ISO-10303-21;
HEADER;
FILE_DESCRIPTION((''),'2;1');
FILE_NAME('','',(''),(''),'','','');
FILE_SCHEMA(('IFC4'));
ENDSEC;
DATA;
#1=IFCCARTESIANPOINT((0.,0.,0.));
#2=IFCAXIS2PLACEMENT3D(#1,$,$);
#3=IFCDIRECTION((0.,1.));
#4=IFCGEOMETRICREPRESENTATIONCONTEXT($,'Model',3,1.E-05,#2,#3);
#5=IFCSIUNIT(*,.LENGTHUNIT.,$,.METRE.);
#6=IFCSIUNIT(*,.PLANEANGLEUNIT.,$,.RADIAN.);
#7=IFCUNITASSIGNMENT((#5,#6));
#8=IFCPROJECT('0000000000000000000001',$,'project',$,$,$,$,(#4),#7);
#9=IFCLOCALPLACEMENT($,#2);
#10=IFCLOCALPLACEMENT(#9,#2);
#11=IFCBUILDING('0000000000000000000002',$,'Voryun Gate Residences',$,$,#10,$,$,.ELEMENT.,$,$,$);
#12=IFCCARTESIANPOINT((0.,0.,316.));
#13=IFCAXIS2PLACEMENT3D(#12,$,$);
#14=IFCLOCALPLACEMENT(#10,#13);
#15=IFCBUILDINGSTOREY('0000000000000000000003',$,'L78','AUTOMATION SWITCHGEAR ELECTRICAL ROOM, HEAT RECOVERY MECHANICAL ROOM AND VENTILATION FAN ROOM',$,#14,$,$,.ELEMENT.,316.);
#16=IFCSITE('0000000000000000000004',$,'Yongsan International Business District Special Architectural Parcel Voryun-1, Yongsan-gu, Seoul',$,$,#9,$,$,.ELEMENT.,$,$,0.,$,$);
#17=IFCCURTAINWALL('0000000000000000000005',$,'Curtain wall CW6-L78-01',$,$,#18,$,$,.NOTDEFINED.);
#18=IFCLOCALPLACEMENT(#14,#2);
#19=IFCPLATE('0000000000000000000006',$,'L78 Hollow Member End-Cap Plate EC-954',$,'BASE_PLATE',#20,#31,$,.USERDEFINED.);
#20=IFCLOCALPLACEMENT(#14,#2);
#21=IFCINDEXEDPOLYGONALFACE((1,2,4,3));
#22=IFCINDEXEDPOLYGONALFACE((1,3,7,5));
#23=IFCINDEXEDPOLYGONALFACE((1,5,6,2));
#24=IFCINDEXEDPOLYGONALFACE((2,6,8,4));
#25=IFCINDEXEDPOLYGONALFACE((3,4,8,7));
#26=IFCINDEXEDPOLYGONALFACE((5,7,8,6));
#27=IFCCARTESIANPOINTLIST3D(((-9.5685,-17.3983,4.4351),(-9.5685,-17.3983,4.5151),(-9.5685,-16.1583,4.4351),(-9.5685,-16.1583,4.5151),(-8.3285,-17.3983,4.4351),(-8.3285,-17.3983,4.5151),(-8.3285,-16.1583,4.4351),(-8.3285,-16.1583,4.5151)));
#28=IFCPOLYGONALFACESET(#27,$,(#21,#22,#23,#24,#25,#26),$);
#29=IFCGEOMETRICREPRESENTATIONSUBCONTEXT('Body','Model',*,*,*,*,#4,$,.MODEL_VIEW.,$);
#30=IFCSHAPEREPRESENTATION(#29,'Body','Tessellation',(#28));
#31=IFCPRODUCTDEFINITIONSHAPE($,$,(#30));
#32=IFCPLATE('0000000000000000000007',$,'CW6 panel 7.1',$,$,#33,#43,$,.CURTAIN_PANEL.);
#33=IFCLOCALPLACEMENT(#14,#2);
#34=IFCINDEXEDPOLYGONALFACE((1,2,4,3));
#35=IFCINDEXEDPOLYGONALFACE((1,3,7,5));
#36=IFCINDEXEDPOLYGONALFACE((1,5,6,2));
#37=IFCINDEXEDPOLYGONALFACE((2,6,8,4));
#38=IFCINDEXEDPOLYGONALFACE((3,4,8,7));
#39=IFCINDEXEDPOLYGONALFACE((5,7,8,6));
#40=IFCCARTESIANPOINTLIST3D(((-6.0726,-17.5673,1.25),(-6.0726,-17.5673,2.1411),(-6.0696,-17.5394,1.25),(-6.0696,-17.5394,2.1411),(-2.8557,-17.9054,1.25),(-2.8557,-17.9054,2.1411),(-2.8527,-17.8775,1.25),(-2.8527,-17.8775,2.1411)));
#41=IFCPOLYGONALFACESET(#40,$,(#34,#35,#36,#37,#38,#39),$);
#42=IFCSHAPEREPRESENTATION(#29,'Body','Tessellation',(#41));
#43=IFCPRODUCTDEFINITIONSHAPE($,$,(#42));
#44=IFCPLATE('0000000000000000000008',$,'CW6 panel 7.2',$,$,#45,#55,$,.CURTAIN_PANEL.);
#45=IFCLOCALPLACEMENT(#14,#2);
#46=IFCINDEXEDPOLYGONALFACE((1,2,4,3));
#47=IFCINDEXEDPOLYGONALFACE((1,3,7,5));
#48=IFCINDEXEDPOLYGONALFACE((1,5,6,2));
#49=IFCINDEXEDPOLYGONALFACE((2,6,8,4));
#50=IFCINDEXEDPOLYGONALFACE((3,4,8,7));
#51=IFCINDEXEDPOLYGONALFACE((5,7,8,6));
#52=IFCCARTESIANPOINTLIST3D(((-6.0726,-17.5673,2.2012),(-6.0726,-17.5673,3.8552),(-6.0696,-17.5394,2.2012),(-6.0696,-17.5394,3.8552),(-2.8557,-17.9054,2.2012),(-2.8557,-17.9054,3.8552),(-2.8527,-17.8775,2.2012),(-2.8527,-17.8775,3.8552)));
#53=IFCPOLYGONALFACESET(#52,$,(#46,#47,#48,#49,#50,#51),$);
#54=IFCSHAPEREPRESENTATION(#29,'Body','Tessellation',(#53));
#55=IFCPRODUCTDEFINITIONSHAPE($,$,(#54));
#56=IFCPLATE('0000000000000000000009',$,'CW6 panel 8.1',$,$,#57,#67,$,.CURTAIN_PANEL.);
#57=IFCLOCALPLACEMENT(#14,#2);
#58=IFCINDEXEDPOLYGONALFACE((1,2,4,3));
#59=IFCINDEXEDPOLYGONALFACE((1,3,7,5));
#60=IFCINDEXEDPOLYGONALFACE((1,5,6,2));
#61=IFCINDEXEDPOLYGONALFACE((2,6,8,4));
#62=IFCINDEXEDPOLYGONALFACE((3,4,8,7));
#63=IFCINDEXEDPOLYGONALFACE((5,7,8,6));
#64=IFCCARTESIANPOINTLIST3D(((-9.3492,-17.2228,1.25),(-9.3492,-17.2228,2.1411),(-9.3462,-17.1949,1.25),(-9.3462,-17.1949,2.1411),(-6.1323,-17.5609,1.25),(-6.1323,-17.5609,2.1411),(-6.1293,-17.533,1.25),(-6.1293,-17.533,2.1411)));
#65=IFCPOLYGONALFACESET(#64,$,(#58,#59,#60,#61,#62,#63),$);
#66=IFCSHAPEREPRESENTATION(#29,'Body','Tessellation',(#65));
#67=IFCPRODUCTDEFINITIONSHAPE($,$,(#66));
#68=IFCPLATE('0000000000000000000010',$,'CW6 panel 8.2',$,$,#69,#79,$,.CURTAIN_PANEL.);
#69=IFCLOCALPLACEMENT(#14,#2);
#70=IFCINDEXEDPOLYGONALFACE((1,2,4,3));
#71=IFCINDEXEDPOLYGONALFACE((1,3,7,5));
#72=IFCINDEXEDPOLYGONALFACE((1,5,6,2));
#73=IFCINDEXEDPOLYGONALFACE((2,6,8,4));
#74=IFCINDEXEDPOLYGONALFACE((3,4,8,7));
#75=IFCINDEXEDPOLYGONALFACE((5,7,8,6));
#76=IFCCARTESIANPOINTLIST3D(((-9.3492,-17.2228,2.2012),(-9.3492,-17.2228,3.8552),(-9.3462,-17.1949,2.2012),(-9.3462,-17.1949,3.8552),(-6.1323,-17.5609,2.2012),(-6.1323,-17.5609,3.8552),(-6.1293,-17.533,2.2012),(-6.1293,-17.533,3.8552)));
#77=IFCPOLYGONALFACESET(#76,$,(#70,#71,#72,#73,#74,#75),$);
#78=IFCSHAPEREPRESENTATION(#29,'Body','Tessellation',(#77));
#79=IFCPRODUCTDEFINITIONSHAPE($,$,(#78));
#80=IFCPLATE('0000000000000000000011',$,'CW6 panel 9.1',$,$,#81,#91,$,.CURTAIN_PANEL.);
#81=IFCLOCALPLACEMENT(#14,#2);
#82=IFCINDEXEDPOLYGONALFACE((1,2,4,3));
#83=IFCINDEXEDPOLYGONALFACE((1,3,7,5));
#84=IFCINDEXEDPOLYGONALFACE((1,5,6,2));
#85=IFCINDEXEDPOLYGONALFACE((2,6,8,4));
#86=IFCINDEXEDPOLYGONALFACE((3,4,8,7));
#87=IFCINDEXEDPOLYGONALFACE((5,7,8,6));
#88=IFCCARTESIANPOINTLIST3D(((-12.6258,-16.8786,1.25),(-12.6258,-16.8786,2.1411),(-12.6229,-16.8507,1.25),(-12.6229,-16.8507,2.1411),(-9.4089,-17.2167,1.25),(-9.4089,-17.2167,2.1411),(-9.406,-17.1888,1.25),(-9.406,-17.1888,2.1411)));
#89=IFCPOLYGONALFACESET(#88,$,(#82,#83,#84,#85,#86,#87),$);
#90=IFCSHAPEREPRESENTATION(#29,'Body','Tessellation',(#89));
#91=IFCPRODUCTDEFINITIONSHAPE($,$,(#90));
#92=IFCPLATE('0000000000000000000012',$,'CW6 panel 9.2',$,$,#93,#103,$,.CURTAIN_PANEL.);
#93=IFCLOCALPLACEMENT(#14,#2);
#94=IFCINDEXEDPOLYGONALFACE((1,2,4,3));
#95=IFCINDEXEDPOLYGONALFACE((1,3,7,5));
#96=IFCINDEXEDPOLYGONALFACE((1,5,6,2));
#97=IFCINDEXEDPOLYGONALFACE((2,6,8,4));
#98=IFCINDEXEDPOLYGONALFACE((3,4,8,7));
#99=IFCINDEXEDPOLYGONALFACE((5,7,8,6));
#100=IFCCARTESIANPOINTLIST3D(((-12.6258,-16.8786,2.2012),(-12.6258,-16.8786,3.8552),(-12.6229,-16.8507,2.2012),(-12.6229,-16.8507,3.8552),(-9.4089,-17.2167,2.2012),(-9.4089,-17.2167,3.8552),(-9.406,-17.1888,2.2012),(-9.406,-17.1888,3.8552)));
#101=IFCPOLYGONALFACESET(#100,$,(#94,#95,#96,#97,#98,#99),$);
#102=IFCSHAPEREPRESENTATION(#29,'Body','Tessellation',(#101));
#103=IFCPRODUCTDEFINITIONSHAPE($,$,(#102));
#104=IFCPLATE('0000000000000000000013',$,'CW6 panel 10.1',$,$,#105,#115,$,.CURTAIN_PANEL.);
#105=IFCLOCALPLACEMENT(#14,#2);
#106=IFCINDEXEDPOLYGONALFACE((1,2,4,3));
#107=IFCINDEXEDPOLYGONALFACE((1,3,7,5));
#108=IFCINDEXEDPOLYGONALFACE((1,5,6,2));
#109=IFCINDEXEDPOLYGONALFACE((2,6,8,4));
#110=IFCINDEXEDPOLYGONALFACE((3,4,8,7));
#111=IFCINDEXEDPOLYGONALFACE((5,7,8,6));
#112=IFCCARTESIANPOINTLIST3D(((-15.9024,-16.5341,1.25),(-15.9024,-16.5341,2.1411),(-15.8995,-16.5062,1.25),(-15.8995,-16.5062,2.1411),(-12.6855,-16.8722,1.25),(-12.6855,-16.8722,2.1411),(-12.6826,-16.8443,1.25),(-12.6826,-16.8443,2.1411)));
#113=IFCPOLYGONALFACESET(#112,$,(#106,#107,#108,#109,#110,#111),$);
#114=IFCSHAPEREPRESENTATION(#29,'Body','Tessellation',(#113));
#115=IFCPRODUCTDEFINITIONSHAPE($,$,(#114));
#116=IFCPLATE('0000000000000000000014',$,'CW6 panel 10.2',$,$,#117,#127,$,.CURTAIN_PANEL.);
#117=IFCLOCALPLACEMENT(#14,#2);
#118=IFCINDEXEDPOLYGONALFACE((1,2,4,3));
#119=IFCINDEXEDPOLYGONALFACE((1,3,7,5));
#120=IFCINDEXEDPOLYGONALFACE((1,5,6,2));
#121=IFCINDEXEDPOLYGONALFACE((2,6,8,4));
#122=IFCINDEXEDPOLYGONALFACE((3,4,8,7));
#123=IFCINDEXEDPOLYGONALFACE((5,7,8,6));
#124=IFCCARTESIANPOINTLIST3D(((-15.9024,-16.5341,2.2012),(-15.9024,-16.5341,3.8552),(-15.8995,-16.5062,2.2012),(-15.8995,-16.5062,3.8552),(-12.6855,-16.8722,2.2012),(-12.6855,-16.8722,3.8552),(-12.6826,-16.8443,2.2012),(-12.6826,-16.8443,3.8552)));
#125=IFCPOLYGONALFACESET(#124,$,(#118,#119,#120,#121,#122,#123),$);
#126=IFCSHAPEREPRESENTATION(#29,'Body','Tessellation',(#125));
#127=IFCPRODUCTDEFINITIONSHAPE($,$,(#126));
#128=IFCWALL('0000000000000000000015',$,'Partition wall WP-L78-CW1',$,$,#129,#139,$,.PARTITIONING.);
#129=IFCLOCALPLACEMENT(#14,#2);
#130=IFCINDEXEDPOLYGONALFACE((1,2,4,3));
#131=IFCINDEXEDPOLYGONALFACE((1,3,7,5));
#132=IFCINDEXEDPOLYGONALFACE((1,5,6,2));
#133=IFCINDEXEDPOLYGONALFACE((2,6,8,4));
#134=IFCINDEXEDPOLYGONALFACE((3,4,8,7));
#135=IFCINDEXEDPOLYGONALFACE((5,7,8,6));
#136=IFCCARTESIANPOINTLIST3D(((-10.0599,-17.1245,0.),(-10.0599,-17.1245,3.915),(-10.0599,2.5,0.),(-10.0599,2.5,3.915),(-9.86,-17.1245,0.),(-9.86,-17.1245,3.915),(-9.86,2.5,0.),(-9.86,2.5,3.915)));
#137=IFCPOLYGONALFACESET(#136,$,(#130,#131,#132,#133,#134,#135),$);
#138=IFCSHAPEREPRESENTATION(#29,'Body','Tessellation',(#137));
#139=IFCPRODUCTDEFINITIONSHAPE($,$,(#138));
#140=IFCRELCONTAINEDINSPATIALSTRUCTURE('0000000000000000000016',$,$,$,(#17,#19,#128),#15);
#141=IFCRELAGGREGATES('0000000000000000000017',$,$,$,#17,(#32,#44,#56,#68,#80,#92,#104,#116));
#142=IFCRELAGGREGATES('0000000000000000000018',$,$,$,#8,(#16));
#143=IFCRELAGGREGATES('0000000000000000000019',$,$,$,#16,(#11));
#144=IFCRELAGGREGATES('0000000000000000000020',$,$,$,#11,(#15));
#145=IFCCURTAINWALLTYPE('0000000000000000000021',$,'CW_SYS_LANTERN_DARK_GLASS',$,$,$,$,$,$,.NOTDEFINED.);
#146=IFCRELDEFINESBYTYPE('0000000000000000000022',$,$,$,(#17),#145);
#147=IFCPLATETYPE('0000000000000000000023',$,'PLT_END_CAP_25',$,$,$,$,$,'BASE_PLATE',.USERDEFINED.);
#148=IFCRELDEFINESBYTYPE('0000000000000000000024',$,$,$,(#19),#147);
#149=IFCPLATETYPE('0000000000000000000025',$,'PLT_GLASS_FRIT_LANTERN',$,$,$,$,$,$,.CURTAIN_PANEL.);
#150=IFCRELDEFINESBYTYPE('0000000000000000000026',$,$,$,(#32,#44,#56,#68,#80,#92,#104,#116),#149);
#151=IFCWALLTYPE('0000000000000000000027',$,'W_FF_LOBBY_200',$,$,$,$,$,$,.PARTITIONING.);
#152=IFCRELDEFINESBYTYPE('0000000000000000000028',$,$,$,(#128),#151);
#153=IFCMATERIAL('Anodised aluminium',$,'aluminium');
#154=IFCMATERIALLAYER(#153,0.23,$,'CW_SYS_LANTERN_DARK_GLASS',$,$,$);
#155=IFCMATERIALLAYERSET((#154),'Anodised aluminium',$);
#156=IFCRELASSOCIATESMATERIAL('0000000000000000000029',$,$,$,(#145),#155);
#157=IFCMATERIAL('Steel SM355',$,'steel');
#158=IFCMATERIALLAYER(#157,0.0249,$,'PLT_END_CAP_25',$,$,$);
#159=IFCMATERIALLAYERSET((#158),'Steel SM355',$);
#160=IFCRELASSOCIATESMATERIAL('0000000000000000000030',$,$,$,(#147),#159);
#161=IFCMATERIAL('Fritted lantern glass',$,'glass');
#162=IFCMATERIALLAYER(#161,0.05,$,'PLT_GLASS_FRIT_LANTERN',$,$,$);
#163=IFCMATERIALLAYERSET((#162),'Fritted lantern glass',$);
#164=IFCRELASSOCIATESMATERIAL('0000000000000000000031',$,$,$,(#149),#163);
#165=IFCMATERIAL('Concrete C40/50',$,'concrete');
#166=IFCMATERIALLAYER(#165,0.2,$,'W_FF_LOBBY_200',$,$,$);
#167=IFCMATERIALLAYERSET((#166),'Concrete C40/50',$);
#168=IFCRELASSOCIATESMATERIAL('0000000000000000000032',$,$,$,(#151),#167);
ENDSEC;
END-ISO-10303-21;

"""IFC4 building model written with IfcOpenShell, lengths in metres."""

from ifc_helpers import new_model, si_unit, direction, frame, frame_2d, origin, origin_2d, place, context, subcontext, project, spatial, rectangle, extrude, material, layer, layer_set, type_object, element, aggregate, save


model = new_model("IFC4")

# Units and contexts
model_context = context("Model", 3, precision=1e-05, world=origin(), true_north=direction((0.0, 1.0)))
body_context = subcontext(model_context, "Body", "Model", "MODEL_VIEW")
ifc_project = project(units=[si_unit("LENGTHUNIT", "METRE"), si_unit("PLANEANGLEUNIT", "RADIAN")], contexts=[model_context])

# Site, building, storey
site_placement = place(None, origin())
site = spatial("IfcSite", under=ifc_project, at=site_placement, Name="Yongsan International Business District Special Architectural Parcel Voryun-1, Yongsan-gu, Seoul", CompositionType="ELEMENT", RefElevation=0.0)
building_placement = place(site_placement, origin())
building = spatial("IfcBuilding", under=site, at=building_placement, Name="Voryun Gate Residences", CompositionType="ELEMENT")
storey_placement = place(building_placement, frame((0.0, 0.0, 316.0)))
storey = spatial("IfcBuildingStorey", under=building, at=storey_placement, Name="L78", Description="AUTOMATION SWITCHGEAR ELECTRICAL ROOM, HEAT RECOVERY MECHANICAL ROOM AND VENTILATION FAN ROOM", CompositionType="ELEMENT", Elevation=316.0)

# Curtain wall
ifc_material_1 = material(Name="Anodised aluminium", Category="aluminium")
ifc_layer_1 = layer(ifc_material_1, 0.23, Name="CW_SYS_LANTERN_DARK_GLASS")
ifc_layer_set_1 = layer_set([ifc_layer_1], Name="Anodised aluminium")
curtain_wall_type = type_object("IfcCurtainWallType", Name="CW_SYS_LANTERN_DARK_GLASS", PredefinedType="NOTDEFINED", material=ifc_layer_set_1)
curtain_wall_placement = place(storey_placement, origin())
curtain_wall = element("IfcCurtainWall", 1, at=curtain_wall_placement, inside=storey, type_object=curtain_wall_type, Name="Curtain wall CW6-L78-01", PredefinedType="NOTDEFINED")

# Plates
ifc_material_2 = material(Name="Steel SM355", Category="steel")
ifc_layer_2 = layer(ifc_material_2, 0.0249, Name="PLT_END_CAP_25")
ifc_layer_set_2 = layer_set([ifc_layer_2], Name="Steel SM355")
plate_type_1 = type_object("IfcPlateType", Name="PLT_END_CAP_25", ElementType="BASE_PLATE", PredefinedType="USERDEFINED", material=ifc_layer_set_2)
plate_1_placement = place(storey_placement, frame((-8.9485, -16.7783, 4.4351), z_axis=(0.0, 0.0, 1.0), x_axis=(1.0, 0.0, 0.0)))
element("IfcPlate", 2, at=plate_1_placement, inside=storey, type_object=plate_type_1, Name="L78 Hollow Member End-Cap Plate EC-954", ObjectType="BASE_PLATE", PredefinedType="USERDEFINED", context=body_context, shape_type="SweptSolid", body=[
    extrude(rectangle(XDim=1.24, YDim=1.24, at=origin_2d()), origin(), (0.0, 0.0, 1.0), 0.0801),
])
ifc_material_3 = material(Name="Fritted lantern glass", Category="glass")
ifc_layer_3 = layer(ifc_material_3, 0.05, Name="PLT_GLASS_FRIT_LANTERN")
ifc_layer_set_3 = layer_set([ifc_layer_3], Name="Fritted lantern glass")
plate_type_2 = type_object("IfcPlateType", Name="PLT_GLASS_FRIT_LANTERN", PredefinedType="CURTAIN_PANEL", material=ifc_layer_set_3)
plate_2_placement = place(storey_placement, frame((-4.4626, -17.7224, 1.25), z_axis=(0.0, 0.0, 1.0), x_axis=(-0.994522, 0.104528, 0.0)))
plate_2 = element("IfcPlate", 3, at=plate_2_placement, type_object=plate_type_2, Name="CW6 panel 7.1", PredefinedType="CURTAIN_PANEL", context=body_context, shape_type="SweptSolid", body=[
    extrude(rectangle(XDim=3.2346, YDim=0.0281, at=origin_2d()), origin(), (0.0, 0.0, 1.0), 0.8911),
])
plate_3_placement = place(storey_placement, frame((-4.4626, -17.7224, 2.2012), z_axis=(0.0, 0.0, 1.0), x_axis=(-0.994522, 0.104528, 0.0)))
plate_3 = element("IfcPlate", 4, at=plate_3_placement, type_object=plate_type_2, Name="CW6 panel 7.2", PredefinedType="CURTAIN_PANEL", context=body_context, shape_type="SweptSolid", body=[
    extrude(rectangle(XDim=3.2346, YDim=0.0281, at=origin_2d()), origin(), (0.0, 0.0, 1.0), 1.6541),
])
plate_4_placement = place(storey_placement, frame((-7.7393, -17.3779, 1.25), z_axis=(0.0, 0.0, 1.0), x_axis=(-0.994522, 0.104528, 0.0)))
plate_4 = element("IfcPlate", 5, at=plate_4_placement, type_object=plate_type_2, Name="CW6 panel 8.1", PredefinedType="CURTAIN_PANEL", context=body_context, shape_type="SweptSolid", body=[
    extrude(rectangle(XDim=3.2346, YDim=0.0281, at=origin_2d()), origin(), (0.0, 0.0, 1.0), 0.8911),
])
plate_5_placement = place(storey_placement, frame((-7.7393, -17.3779, 2.2012), z_axis=(0.0, 0.0, 1.0), x_axis=(-0.994522, 0.104528, 0.0)))
plate_5 = element("IfcPlate", 6, at=plate_5_placement, type_object=plate_type_2, Name="CW6 panel 8.2", PredefinedType="CURTAIN_PANEL", context=body_context, shape_type="SweptSolid", body=[
    extrude(rectangle(XDim=3.2346, YDim=0.0281, at=origin_2d()), origin(), (0.0, 0.0, 1.0), 1.6541),
])
plate_6_placement = place(storey_placement, frame((-11.0159, -17.0337, 1.25), z_axis=(0.0, 0.0, 1.0), x_axis=(-0.994522, 0.104528, 0.0)))
plate_6 = element("IfcPlate", 7, at=plate_6_placement, type_object=plate_type_2, Name="CW6 panel 9.1", PredefinedType="CURTAIN_PANEL", context=body_context, shape_type="SweptSolid", body=[
    extrude(rectangle(XDim=3.2346, YDim=0.0281, at=origin_2d()), origin(), (0.0, 0.0, 1.0), 0.8911),
])
plate_7_placement = place(storey_placement, frame((-11.0159, -17.0337, 2.2012), z_axis=(0.0, 0.0, 1.0), x_axis=(-0.994522, 0.104528, 0.0)))
plate_7 = element("IfcPlate", 8, at=plate_7_placement, type_object=plate_type_2, Name="CW6 panel 9.2", PredefinedType="CURTAIN_PANEL", context=body_context, shape_type="SweptSolid", body=[
    extrude(rectangle(XDim=3.2346, YDim=0.0281, at=origin_2d()), origin(), (0.0, 0.0, 1.0), 1.6541),
])
plate_8_placement = place(storey_placement, frame((-14.2925, -16.6892, 1.25), z_axis=(0.0, 0.0, 1.0), x_axis=(-0.994522, 0.104528, 0.0)))
plate_8 = element("IfcPlate", 9, at=plate_8_placement, type_object=plate_type_2, Name="CW6 panel 10.1", PredefinedType="CURTAIN_PANEL", context=body_context, shape_type="SweptSolid", body=[
    extrude(rectangle(XDim=3.2346, YDim=0.0281, at=origin_2d()), origin(), (0.0, 0.0, 1.0), 0.8911),
])
plate_9_placement = place(storey_placement, frame((-14.2925, -16.6892, 2.2012), z_axis=(0.0, 0.0, 1.0), x_axis=(-0.994522, 0.104528, 0.0)))
plate_9 = element("IfcPlate", 10, at=plate_9_placement, type_object=plate_type_2, Name="CW6 panel 10.2", PredefinedType="CURTAIN_PANEL", context=body_context, shape_type="SweptSolid", body=[
    extrude(rectangle(XDim=3.2346, YDim=0.0281, at=origin_2d()), origin(), (0.0, 0.0, 1.0), 1.6541),
])
aggregate(curtain_wall, [plate_2, plate_3, plate_4, plate_5, plate_6, plate_7, plate_8, plate_9])

# Wall
ifc_material_4 = material(Name="Concrete C40/50", Category="concrete")
ifc_layer_4 = layer(ifc_material_4, 0.2, Name="W_FF_LOBBY_200")
ifc_layer_set_4 = layer_set([ifc_layer_4], Name="Concrete C40/50")
wall_type = type_object("IfcWallType", Name="W_FF_LOBBY_200", PredefinedType="PARTITIONING", material=ifc_layer_set_4)
wall_placement = place(storey_placement, frame((-9.96, -17.1245, 0.0), z_axis=(0.0, 0.0, 1.0), x_axis=(0.0, 1.0, 0.0)))
element("IfcWall", 11, at=wall_placement, inside=storey, type_object=wall_type, Name="Partition wall WP-L78-CW1", PredefinedType="PARTITIONING", context=body_context, shape_type="SweptSolid", body=[
    extrude(rectangle(XDim=19.6245, YDim=0.2, at=frame_2d((9.8123, 0.0))), origin(), (0.0, 0.0, 1.0), 3.915),
])

save(model, "model.ifc")
